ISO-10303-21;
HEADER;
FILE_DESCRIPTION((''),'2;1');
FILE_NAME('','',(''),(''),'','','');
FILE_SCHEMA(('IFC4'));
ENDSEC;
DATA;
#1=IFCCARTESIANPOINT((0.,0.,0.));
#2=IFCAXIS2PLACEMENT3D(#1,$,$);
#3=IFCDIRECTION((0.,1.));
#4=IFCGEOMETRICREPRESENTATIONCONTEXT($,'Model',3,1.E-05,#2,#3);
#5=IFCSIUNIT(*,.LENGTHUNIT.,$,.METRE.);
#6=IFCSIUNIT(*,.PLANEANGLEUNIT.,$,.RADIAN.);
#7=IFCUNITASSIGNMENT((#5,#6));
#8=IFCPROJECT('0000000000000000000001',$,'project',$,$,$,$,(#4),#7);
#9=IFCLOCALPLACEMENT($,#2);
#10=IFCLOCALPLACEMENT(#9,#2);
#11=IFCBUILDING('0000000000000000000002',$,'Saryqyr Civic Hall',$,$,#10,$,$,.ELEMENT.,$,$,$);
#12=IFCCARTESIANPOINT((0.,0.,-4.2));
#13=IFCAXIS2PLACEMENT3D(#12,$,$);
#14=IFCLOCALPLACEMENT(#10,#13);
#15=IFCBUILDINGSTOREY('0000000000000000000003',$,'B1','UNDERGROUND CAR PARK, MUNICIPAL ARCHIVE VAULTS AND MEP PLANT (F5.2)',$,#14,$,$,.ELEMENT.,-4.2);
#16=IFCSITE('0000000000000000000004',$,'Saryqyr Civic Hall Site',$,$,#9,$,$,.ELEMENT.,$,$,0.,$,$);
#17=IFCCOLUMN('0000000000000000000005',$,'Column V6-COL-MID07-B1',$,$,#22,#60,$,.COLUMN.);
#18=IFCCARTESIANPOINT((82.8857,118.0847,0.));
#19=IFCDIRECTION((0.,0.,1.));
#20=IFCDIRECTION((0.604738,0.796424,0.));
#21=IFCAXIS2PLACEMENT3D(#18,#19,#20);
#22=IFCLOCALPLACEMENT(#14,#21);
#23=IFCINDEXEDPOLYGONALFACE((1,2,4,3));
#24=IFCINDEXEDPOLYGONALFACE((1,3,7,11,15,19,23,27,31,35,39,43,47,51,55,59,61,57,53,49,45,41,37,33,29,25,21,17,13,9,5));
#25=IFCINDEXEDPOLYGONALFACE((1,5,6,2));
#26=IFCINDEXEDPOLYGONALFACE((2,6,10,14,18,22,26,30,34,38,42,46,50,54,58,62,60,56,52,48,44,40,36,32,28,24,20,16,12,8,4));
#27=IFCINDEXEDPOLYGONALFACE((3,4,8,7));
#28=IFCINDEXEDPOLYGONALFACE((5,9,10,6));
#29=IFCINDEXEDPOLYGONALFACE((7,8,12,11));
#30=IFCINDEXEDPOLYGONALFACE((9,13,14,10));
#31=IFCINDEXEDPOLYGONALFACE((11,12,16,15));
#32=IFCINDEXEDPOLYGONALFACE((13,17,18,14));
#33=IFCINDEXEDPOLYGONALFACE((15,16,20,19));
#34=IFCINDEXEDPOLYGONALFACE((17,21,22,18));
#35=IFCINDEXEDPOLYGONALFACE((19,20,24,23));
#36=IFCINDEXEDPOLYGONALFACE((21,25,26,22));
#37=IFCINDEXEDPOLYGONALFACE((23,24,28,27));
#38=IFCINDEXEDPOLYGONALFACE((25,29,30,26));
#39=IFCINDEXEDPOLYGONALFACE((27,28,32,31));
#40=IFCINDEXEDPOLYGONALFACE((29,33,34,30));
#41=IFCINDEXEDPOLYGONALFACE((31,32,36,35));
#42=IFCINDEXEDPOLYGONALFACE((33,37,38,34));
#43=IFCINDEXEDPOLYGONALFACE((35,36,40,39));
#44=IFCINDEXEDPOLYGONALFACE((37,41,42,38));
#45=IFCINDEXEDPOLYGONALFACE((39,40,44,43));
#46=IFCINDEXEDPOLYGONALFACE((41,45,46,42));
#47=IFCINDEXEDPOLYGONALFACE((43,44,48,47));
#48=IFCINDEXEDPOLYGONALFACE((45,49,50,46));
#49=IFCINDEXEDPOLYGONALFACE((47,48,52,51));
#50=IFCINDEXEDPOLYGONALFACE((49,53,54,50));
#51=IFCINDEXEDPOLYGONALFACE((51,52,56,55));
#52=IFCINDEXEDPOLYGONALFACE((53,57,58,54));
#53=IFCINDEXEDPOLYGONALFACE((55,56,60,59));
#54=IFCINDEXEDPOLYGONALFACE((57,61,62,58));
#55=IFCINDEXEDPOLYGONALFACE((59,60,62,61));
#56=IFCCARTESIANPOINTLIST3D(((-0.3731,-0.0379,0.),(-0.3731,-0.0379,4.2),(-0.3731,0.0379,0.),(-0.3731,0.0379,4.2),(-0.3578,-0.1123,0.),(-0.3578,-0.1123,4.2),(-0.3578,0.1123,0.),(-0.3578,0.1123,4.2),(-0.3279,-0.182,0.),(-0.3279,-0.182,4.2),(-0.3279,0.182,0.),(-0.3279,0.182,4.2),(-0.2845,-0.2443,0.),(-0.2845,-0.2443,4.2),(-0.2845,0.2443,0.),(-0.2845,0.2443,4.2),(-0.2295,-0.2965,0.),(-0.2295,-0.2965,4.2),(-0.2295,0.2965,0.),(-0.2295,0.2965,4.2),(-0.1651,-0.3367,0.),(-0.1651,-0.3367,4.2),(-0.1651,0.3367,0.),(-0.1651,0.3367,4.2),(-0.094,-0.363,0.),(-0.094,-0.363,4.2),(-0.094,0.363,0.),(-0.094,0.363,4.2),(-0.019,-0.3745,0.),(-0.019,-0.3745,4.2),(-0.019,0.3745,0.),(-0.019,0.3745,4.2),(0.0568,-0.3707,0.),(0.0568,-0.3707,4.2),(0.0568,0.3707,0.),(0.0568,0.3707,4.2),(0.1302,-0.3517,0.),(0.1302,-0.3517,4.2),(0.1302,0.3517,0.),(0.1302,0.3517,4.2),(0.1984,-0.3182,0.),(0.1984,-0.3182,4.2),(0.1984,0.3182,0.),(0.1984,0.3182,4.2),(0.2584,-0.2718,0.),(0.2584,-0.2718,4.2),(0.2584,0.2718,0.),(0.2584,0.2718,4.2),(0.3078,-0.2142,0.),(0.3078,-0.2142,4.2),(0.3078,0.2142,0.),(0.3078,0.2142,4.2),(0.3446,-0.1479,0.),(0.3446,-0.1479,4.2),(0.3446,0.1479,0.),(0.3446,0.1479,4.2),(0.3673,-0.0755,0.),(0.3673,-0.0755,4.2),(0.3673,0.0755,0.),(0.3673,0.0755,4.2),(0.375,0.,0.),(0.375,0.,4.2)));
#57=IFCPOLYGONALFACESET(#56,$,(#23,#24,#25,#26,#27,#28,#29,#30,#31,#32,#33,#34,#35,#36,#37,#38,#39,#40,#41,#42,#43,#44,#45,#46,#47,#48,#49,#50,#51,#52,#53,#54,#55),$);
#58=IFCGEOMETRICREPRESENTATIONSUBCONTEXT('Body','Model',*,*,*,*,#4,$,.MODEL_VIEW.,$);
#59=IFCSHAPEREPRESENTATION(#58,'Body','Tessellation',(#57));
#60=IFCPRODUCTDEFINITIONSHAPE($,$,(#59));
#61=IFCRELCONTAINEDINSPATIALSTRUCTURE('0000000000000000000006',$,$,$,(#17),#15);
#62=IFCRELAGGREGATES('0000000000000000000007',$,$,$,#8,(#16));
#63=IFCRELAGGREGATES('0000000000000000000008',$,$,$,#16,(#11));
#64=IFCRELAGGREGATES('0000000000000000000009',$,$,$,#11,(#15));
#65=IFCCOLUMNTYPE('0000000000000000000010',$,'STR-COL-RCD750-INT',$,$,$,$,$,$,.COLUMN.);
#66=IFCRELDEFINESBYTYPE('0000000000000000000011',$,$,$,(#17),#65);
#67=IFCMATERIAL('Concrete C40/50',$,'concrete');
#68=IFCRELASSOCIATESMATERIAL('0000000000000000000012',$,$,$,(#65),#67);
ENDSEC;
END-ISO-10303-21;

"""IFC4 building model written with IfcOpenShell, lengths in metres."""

from ifc_helpers import new_model, si_unit, direction, frame, origin, origin_2d, place, context, subcontext, project, spatial, circle, extrude, material, material_profile, profile_set, type_object, element, save


model = new_model("IFC4")

# Units and contexts
model_context = context("Model", 3, precision=1e-05, world=origin(), true_north=direction((0.0, 1.0)))
body_context = subcontext(model_context, "Body", "Model", "MODEL_VIEW")
ifc_project = project(units=[si_unit("LENGTHUNIT", "METRE"), si_unit("PLANEANGLEUNIT", "RADIAN")], contexts=[model_context])

# Site, building, storey
site_placement = place(None, origin())
site = spatial("IfcSite", under=ifc_project, at=site_placement, Name="Saryqyr Civic Hall Site", CompositionType="ELEMENT", RefElevation=0.0)
building_placement = place(site_placement, origin())
building = spatial("IfcBuilding", under=site, at=building_placement, Name="Saryqyr Civic Hall", CompositionType="ELEMENT")
storey_placement = place(building_placement, frame((0.0, 0.0, -4.2)))
storey = spatial("IfcBuildingStorey", under=building, at=storey_placement, Name="B1", Description="UNDERGROUND CAR PARK, MUNICIPAL ARCHIVE VAULTS AND MEP PLANT (F5.2)", CompositionType="ELEMENT", Elevation=-4.2)

# Column
ifc_material_1 = material(Name="Concrete C40/50", Category="concrete")
ifc_material_profile_1 = material_profile(ifc_material_1, circle(Radius=0.375, at=origin_2d()), Name="RC D750")
ifc_profile_set_1 = profile_set([ifc_material_profile_1], Name="Concrete C40/50")
column_type_1 = type_object("IfcColumnType", Name="STR-COL-RCD750-INT", PredefinedType="COLUMN", material=ifc_profile_set_1)
for number, where, z_axis, x_axis, name in (
    (1, (82.8857, 118.0847, 0.0), (0.0, 0.0, 1.0), (0.604738, 0.796424, 0.0), "Column V6-COL-MID07-B1"),
):
    element("IfcColumn", number, at=place(storey_placement, frame(where, z_axis=z_axis, x_axis=x_axis)), inside=storey, type_object=column_type_1, Name=name, PredefinedType="COLUMN", context=body_context, shape_type="SweptSolid", body=[
        extrude(circle(Radius=0.375, at=origin_2d()), origin(), (0.0, 0.0, 1.0), 4.2),
    ])

save(model, "model.ifc")
